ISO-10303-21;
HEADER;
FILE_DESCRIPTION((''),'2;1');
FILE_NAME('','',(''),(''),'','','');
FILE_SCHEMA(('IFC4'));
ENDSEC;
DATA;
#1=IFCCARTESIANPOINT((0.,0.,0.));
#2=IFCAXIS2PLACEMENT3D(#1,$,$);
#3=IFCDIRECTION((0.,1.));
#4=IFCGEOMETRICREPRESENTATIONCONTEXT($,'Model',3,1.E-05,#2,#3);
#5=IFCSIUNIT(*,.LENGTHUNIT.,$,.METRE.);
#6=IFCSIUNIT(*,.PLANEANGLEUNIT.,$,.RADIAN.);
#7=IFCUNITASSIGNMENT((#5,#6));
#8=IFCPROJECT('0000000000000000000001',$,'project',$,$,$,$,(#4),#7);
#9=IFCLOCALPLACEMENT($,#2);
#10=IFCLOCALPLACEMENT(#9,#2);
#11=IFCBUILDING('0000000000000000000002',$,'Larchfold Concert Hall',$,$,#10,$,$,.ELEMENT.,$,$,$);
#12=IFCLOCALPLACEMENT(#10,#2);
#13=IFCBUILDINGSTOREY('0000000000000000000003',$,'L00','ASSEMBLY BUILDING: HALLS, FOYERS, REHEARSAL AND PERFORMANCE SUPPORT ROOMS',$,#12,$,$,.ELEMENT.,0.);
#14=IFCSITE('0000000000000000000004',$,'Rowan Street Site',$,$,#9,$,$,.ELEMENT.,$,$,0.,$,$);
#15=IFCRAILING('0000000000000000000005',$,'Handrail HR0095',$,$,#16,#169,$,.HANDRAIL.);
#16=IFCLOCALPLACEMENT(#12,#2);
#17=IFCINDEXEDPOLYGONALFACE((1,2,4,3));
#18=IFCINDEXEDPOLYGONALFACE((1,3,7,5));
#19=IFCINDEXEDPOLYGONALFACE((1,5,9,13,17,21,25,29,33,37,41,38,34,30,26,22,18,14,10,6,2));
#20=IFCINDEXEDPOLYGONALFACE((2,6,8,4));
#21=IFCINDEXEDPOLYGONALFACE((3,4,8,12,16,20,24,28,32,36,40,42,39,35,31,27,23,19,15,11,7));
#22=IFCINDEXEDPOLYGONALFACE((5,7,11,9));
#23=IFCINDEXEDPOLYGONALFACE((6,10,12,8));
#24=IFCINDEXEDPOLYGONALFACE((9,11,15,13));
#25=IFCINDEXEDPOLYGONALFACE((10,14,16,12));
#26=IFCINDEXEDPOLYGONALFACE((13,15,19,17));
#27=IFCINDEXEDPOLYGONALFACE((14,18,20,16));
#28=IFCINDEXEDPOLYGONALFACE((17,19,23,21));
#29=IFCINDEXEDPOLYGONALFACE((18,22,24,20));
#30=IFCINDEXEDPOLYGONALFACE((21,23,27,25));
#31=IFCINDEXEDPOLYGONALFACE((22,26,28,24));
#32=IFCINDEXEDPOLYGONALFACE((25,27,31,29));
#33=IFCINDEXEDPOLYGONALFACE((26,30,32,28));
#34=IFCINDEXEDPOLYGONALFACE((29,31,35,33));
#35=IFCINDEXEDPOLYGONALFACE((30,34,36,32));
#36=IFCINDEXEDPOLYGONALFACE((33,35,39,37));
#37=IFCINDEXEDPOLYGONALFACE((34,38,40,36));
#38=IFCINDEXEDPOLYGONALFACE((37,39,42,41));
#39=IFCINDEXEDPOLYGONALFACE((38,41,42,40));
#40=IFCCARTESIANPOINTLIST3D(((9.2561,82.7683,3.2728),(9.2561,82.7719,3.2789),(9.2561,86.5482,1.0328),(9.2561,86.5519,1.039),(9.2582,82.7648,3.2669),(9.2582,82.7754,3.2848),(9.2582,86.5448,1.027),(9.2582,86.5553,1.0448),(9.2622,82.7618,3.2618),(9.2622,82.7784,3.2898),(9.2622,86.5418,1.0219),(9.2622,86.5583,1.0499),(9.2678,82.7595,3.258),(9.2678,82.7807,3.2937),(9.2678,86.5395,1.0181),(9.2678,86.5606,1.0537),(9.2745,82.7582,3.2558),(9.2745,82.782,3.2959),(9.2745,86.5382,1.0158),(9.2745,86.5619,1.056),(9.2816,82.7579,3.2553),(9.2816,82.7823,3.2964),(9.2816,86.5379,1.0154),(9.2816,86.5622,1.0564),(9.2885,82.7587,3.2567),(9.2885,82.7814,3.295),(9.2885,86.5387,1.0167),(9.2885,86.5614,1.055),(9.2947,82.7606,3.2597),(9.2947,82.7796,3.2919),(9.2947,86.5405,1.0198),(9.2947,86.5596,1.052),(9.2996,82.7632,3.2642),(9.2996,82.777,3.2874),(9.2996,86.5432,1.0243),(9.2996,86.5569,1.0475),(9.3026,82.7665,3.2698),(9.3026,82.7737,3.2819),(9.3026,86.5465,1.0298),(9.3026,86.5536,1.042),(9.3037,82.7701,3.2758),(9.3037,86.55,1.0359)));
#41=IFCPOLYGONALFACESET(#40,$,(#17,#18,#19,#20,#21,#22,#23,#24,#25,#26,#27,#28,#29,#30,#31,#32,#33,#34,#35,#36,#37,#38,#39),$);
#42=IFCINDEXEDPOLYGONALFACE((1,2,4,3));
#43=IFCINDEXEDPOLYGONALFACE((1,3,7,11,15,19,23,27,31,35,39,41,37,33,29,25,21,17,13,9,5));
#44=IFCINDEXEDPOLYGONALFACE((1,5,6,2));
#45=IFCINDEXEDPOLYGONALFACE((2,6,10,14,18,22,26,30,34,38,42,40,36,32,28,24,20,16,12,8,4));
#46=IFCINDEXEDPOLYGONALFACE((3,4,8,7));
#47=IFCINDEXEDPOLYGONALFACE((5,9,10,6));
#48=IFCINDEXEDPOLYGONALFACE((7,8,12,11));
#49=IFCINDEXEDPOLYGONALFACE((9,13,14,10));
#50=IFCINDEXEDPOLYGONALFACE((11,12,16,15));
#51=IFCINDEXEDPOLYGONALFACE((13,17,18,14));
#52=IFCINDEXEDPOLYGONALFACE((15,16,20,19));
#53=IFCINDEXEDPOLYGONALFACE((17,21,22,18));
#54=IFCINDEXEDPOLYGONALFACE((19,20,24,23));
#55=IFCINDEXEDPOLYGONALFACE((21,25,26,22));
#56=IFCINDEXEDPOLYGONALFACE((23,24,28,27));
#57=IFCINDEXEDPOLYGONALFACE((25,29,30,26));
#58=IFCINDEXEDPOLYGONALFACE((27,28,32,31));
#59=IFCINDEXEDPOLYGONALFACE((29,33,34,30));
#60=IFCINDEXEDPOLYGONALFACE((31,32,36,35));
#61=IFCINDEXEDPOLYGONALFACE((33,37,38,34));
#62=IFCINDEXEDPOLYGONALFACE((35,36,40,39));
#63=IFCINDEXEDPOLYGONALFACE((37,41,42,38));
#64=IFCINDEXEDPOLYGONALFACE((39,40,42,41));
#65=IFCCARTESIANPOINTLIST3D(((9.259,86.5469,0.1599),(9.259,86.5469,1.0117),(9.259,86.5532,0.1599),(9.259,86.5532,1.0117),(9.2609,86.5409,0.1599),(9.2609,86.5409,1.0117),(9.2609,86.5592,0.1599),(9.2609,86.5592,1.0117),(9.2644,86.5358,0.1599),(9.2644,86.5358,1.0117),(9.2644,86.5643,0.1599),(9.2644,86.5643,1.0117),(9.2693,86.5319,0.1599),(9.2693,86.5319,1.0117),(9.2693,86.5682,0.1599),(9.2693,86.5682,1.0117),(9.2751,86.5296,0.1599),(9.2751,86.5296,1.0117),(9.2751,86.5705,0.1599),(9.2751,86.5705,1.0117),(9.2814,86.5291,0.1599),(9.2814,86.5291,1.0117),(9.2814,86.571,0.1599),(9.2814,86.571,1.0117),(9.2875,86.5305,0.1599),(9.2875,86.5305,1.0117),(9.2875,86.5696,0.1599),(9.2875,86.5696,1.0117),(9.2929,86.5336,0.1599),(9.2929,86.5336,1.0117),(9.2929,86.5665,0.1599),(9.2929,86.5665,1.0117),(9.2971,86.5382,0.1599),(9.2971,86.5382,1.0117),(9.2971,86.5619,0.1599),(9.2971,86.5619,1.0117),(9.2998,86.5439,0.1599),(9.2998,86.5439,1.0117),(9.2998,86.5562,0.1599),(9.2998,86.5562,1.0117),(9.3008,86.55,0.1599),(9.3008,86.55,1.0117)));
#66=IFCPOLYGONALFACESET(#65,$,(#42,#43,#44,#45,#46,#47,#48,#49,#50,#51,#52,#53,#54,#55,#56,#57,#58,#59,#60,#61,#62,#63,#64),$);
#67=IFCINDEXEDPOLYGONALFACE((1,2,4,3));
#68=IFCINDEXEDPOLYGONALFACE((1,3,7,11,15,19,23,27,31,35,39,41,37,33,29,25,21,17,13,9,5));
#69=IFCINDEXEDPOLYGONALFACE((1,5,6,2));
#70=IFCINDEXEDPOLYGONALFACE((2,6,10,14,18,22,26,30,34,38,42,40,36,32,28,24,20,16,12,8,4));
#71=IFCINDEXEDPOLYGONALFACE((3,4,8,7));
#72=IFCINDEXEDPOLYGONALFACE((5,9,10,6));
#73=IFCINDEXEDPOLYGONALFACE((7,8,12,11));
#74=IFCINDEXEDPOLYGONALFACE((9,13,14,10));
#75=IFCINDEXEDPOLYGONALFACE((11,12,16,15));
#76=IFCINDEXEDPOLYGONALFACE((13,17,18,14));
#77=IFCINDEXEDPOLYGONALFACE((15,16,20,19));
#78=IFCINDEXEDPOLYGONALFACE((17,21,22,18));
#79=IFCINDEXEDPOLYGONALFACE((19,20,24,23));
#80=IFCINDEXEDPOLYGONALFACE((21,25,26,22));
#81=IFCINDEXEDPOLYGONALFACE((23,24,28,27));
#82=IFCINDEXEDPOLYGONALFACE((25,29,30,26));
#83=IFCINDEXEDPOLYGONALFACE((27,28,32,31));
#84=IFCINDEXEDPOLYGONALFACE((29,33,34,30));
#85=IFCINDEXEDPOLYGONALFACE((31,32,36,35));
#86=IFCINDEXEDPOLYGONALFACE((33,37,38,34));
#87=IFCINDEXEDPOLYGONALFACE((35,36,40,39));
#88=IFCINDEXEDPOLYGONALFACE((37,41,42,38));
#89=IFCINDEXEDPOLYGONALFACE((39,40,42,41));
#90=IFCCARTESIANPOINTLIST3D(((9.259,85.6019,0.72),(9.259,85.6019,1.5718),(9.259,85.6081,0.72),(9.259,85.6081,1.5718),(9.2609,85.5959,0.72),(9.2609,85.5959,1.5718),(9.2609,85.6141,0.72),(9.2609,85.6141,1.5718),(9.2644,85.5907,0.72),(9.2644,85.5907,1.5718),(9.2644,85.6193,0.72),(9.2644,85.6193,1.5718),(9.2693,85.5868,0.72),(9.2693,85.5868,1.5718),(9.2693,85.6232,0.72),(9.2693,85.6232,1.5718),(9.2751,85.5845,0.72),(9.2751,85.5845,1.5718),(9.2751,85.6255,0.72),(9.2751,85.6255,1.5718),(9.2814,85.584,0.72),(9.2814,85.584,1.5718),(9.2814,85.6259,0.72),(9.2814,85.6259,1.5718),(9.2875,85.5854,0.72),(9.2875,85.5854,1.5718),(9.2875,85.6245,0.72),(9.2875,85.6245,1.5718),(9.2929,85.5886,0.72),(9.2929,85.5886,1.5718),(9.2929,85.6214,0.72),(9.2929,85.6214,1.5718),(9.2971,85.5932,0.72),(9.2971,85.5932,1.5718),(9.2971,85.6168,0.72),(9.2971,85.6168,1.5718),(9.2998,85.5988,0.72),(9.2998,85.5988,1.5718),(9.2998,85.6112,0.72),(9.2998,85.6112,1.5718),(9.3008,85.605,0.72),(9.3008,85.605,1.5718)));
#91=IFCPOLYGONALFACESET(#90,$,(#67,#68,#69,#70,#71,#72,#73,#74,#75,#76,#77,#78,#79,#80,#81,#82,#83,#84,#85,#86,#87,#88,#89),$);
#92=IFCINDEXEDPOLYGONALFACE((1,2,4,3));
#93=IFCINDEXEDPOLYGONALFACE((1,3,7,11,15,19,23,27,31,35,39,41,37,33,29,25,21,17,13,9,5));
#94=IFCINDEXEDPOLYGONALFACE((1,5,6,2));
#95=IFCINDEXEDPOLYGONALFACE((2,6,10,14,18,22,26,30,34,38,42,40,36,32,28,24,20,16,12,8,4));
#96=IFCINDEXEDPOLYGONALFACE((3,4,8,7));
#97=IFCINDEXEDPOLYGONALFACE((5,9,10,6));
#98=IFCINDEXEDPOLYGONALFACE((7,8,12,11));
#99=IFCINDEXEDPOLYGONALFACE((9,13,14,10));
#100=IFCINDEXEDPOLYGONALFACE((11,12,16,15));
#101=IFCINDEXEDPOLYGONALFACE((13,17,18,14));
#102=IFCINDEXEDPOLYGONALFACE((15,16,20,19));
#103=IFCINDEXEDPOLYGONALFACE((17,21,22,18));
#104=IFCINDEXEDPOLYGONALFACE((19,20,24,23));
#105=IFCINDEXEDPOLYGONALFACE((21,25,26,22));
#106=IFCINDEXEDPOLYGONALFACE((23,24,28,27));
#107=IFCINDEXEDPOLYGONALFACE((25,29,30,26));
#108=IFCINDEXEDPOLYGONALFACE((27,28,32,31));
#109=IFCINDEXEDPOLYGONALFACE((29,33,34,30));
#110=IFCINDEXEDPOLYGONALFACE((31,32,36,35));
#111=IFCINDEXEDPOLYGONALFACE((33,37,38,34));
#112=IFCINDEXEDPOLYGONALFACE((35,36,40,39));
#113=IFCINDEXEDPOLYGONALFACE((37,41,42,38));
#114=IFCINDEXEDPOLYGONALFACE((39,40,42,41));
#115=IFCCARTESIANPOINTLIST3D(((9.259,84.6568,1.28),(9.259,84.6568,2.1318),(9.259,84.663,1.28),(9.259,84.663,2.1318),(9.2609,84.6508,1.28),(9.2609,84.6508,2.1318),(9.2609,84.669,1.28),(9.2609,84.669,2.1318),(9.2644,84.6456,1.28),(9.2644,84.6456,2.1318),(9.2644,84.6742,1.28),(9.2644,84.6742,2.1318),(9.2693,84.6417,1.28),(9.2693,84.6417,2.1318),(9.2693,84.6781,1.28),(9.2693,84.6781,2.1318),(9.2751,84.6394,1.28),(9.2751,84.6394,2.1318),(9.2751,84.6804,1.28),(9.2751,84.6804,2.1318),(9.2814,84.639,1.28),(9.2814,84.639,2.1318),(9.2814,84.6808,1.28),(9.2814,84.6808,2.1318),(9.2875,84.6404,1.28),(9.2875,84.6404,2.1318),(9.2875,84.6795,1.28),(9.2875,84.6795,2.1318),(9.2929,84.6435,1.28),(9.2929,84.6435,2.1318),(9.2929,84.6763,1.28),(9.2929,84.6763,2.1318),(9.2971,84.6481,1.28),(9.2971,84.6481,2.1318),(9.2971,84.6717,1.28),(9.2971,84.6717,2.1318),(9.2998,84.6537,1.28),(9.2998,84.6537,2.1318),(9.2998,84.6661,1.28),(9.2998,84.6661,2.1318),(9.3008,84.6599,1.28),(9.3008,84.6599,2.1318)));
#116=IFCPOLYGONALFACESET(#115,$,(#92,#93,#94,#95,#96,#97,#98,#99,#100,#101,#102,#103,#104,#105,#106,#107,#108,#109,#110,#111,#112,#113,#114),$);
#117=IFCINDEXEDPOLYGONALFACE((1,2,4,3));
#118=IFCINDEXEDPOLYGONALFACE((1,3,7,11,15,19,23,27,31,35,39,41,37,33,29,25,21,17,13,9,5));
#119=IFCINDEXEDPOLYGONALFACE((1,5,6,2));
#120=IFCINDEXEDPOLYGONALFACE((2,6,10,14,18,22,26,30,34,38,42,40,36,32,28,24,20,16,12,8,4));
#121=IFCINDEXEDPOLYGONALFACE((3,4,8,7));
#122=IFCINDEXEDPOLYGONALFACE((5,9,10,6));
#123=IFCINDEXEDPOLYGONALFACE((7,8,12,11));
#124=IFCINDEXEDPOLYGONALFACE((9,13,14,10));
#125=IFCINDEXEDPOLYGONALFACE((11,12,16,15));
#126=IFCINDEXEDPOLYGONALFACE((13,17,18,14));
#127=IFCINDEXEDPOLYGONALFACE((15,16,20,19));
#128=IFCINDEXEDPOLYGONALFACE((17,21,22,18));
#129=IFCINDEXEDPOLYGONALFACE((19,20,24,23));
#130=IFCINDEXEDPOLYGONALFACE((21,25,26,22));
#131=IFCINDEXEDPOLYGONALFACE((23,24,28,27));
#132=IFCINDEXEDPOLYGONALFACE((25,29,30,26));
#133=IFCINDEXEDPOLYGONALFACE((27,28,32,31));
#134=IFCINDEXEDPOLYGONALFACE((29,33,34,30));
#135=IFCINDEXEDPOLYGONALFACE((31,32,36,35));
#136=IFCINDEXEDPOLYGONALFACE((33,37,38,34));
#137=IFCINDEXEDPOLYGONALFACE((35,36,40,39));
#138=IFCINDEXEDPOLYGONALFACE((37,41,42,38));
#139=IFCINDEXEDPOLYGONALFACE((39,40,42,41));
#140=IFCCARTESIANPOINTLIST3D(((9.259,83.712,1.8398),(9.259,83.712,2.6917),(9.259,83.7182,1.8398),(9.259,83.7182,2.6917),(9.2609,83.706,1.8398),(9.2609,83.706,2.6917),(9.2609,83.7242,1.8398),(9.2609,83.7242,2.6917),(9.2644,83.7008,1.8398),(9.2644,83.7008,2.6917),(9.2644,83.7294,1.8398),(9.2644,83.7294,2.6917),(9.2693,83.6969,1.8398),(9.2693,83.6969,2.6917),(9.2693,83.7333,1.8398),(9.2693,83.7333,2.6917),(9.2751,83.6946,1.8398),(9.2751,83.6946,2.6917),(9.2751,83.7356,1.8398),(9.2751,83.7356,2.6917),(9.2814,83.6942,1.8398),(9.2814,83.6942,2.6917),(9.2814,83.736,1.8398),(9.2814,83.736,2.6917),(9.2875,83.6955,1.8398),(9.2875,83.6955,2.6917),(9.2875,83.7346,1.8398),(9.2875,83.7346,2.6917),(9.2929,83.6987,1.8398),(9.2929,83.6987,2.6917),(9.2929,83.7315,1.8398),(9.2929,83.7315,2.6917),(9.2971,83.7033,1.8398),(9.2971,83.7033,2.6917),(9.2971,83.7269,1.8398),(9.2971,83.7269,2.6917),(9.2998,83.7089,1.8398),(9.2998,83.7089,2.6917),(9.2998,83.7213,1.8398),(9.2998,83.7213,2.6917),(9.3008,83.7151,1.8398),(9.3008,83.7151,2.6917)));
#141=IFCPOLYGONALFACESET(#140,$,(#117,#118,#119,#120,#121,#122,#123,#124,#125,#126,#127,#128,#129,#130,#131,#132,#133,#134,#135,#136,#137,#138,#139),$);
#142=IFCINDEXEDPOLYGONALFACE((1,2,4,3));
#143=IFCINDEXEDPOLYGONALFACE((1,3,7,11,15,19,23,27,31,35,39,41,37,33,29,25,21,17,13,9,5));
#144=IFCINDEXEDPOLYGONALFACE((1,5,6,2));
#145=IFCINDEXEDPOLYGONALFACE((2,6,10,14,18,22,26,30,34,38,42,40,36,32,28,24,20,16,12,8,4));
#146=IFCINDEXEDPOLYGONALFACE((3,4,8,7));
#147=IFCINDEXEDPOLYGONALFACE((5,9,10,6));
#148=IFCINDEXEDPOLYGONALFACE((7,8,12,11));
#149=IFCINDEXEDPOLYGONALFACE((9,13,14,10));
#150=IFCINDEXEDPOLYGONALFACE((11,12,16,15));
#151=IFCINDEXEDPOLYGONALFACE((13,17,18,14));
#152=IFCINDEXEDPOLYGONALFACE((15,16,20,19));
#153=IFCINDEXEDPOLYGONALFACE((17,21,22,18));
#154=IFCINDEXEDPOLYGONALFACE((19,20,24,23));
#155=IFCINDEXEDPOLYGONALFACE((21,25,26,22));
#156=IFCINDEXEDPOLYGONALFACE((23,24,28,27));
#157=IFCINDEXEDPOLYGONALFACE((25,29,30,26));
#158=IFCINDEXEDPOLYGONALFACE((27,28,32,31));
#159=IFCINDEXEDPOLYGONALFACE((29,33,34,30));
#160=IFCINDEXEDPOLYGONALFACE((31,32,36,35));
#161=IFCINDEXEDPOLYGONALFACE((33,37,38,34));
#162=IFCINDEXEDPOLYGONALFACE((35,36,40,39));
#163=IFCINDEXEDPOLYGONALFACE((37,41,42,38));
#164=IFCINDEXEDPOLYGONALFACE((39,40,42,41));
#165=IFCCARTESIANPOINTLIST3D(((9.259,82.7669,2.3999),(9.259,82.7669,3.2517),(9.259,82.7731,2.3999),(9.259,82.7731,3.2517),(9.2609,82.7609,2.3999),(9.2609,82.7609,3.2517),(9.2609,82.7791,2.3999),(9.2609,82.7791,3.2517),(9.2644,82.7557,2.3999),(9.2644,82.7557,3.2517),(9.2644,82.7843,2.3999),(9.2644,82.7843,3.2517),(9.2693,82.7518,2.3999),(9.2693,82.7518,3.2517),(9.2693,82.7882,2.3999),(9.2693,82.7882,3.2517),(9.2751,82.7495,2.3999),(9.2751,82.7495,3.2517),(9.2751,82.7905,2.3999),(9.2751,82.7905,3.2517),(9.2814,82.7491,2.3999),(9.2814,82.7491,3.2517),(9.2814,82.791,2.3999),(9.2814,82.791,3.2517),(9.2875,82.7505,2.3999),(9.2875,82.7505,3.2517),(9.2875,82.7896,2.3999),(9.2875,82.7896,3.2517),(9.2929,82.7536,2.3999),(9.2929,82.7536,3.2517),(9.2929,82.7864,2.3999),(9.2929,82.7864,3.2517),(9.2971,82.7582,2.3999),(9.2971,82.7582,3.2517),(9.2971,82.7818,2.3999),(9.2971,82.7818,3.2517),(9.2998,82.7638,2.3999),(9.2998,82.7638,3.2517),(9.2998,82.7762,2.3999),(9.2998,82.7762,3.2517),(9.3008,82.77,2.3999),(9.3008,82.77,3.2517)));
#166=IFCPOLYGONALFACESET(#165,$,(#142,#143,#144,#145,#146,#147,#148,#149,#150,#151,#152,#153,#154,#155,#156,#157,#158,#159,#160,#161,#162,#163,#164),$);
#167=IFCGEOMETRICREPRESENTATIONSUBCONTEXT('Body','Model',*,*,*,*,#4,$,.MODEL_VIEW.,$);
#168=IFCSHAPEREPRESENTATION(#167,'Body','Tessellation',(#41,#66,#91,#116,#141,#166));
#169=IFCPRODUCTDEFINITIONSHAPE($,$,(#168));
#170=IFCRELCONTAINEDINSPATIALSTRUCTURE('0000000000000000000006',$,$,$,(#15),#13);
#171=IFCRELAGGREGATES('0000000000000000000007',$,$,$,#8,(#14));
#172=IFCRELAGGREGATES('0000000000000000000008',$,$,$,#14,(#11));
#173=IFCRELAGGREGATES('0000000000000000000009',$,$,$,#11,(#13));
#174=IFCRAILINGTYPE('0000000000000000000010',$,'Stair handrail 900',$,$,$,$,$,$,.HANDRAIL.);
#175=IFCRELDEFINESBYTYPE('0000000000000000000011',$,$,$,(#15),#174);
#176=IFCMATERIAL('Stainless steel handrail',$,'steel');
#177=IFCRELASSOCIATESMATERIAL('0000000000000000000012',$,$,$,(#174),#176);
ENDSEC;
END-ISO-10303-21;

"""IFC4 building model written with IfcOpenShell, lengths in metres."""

from ifc_helpers import new_model, si_unit, direction, frame, origin, origin_2d, place, context, subcontext, project, spatial, circle, extrude, material, type_object, element, save


model = new_model("IFC4")

# Units and contexts
model_context = context("Model", 3, precision=1e-05, world=origin(), true_north=direction((0.0, 1.0)))
body_context = subcontext(model_context, "Body", "Model", "MODEL_VIEW")
ifc_project = project(units=[si_unit("LENGTHUNIT", "METRE"), si_unit("PLANEANGLEUNIT", "RADIAN")], contexts=[model_context])

# Site, building, storey
site_placement = place(None, origin())
site = spatial("IfcSite", under=ifc_project, at=site_placement, Name="Rowan Street Site", CompositionType="ELEMENT", RefElevation=0.0)
building_placement = place(site_placement, origin())
building = spatial("IfcBuilding", under=site, at=building_placement, Name="Larchfold Concert Hall", CompositionType="ELEMENT")
storey_placement = place(building_placement, origin())
storey = spatial("IfcBuildingStorey", under=building, at=storey_placement, Name="L00", Description="ASSEMBLY BUILDING: HALLS, FOYERS, REHEARSAL AND PERFORMANCE SUPPORT ROOMS", CompositionType="ELEMENT", Elevation=0.0)

# Railing
ifc_material_1 = material(Name="Stainless steel handrail", Category="steel")
railing_type_1 = type_object("IfcRailingType", Name="Stair handrail 900", PredefinedType="HANDRAIL", material=ifc_material_1)
for number, where, name in (
    (1, (9.2798, 86.55, 0.1599), "Handrail HR0095"),
):
    element("IfcRailing", number, at=place(storey_placement, frame(where)), inside=storey, type_object=railing_type_1, Name=name, PredefinedType="HANDRAIL", context=body_context, shape_type="SweptSolid", body=[
        extrude(circle(Radius=0.0239, at=origin_2d()), frame((0.0, 0.0, 0.876), z_axis=(0.0, -0.860294, 0.509798), x_axis=(1.0, 0.0, 0.0)), (0.0, 0.0, 1.0), 4.3938),
        extrude(circle(Radius=0.021, at=origin_2d()), origin(), (0.0, 0.0, 1.0), 0.8518),
        extrude(circle(Radius=0.021, at=origin_2d()), frame((0.0, -0.9451, 0.5601)), (0.0, 0.0, 1.0), 0.8518),
        extrude(circle(Radius=0.021, at=origin_2d()), frame((0.0, -1.8901, 1.1201)), (0.0, 0.0, 1.0), 0.8518),
        extrude(circle(Radius=0.021, at=origin_2d()), frame((0.0, -2.835, 1.6799)), (0.0, 0.0, 1.0), 0.8518),
        extrude(circle(Radius=0.021, at=origin_2d()), frame((0.0, -3.78, 2.24)), (0.0, 0.0, 1.0), 0.8518),
    ])

save(model, "model.ifc")
